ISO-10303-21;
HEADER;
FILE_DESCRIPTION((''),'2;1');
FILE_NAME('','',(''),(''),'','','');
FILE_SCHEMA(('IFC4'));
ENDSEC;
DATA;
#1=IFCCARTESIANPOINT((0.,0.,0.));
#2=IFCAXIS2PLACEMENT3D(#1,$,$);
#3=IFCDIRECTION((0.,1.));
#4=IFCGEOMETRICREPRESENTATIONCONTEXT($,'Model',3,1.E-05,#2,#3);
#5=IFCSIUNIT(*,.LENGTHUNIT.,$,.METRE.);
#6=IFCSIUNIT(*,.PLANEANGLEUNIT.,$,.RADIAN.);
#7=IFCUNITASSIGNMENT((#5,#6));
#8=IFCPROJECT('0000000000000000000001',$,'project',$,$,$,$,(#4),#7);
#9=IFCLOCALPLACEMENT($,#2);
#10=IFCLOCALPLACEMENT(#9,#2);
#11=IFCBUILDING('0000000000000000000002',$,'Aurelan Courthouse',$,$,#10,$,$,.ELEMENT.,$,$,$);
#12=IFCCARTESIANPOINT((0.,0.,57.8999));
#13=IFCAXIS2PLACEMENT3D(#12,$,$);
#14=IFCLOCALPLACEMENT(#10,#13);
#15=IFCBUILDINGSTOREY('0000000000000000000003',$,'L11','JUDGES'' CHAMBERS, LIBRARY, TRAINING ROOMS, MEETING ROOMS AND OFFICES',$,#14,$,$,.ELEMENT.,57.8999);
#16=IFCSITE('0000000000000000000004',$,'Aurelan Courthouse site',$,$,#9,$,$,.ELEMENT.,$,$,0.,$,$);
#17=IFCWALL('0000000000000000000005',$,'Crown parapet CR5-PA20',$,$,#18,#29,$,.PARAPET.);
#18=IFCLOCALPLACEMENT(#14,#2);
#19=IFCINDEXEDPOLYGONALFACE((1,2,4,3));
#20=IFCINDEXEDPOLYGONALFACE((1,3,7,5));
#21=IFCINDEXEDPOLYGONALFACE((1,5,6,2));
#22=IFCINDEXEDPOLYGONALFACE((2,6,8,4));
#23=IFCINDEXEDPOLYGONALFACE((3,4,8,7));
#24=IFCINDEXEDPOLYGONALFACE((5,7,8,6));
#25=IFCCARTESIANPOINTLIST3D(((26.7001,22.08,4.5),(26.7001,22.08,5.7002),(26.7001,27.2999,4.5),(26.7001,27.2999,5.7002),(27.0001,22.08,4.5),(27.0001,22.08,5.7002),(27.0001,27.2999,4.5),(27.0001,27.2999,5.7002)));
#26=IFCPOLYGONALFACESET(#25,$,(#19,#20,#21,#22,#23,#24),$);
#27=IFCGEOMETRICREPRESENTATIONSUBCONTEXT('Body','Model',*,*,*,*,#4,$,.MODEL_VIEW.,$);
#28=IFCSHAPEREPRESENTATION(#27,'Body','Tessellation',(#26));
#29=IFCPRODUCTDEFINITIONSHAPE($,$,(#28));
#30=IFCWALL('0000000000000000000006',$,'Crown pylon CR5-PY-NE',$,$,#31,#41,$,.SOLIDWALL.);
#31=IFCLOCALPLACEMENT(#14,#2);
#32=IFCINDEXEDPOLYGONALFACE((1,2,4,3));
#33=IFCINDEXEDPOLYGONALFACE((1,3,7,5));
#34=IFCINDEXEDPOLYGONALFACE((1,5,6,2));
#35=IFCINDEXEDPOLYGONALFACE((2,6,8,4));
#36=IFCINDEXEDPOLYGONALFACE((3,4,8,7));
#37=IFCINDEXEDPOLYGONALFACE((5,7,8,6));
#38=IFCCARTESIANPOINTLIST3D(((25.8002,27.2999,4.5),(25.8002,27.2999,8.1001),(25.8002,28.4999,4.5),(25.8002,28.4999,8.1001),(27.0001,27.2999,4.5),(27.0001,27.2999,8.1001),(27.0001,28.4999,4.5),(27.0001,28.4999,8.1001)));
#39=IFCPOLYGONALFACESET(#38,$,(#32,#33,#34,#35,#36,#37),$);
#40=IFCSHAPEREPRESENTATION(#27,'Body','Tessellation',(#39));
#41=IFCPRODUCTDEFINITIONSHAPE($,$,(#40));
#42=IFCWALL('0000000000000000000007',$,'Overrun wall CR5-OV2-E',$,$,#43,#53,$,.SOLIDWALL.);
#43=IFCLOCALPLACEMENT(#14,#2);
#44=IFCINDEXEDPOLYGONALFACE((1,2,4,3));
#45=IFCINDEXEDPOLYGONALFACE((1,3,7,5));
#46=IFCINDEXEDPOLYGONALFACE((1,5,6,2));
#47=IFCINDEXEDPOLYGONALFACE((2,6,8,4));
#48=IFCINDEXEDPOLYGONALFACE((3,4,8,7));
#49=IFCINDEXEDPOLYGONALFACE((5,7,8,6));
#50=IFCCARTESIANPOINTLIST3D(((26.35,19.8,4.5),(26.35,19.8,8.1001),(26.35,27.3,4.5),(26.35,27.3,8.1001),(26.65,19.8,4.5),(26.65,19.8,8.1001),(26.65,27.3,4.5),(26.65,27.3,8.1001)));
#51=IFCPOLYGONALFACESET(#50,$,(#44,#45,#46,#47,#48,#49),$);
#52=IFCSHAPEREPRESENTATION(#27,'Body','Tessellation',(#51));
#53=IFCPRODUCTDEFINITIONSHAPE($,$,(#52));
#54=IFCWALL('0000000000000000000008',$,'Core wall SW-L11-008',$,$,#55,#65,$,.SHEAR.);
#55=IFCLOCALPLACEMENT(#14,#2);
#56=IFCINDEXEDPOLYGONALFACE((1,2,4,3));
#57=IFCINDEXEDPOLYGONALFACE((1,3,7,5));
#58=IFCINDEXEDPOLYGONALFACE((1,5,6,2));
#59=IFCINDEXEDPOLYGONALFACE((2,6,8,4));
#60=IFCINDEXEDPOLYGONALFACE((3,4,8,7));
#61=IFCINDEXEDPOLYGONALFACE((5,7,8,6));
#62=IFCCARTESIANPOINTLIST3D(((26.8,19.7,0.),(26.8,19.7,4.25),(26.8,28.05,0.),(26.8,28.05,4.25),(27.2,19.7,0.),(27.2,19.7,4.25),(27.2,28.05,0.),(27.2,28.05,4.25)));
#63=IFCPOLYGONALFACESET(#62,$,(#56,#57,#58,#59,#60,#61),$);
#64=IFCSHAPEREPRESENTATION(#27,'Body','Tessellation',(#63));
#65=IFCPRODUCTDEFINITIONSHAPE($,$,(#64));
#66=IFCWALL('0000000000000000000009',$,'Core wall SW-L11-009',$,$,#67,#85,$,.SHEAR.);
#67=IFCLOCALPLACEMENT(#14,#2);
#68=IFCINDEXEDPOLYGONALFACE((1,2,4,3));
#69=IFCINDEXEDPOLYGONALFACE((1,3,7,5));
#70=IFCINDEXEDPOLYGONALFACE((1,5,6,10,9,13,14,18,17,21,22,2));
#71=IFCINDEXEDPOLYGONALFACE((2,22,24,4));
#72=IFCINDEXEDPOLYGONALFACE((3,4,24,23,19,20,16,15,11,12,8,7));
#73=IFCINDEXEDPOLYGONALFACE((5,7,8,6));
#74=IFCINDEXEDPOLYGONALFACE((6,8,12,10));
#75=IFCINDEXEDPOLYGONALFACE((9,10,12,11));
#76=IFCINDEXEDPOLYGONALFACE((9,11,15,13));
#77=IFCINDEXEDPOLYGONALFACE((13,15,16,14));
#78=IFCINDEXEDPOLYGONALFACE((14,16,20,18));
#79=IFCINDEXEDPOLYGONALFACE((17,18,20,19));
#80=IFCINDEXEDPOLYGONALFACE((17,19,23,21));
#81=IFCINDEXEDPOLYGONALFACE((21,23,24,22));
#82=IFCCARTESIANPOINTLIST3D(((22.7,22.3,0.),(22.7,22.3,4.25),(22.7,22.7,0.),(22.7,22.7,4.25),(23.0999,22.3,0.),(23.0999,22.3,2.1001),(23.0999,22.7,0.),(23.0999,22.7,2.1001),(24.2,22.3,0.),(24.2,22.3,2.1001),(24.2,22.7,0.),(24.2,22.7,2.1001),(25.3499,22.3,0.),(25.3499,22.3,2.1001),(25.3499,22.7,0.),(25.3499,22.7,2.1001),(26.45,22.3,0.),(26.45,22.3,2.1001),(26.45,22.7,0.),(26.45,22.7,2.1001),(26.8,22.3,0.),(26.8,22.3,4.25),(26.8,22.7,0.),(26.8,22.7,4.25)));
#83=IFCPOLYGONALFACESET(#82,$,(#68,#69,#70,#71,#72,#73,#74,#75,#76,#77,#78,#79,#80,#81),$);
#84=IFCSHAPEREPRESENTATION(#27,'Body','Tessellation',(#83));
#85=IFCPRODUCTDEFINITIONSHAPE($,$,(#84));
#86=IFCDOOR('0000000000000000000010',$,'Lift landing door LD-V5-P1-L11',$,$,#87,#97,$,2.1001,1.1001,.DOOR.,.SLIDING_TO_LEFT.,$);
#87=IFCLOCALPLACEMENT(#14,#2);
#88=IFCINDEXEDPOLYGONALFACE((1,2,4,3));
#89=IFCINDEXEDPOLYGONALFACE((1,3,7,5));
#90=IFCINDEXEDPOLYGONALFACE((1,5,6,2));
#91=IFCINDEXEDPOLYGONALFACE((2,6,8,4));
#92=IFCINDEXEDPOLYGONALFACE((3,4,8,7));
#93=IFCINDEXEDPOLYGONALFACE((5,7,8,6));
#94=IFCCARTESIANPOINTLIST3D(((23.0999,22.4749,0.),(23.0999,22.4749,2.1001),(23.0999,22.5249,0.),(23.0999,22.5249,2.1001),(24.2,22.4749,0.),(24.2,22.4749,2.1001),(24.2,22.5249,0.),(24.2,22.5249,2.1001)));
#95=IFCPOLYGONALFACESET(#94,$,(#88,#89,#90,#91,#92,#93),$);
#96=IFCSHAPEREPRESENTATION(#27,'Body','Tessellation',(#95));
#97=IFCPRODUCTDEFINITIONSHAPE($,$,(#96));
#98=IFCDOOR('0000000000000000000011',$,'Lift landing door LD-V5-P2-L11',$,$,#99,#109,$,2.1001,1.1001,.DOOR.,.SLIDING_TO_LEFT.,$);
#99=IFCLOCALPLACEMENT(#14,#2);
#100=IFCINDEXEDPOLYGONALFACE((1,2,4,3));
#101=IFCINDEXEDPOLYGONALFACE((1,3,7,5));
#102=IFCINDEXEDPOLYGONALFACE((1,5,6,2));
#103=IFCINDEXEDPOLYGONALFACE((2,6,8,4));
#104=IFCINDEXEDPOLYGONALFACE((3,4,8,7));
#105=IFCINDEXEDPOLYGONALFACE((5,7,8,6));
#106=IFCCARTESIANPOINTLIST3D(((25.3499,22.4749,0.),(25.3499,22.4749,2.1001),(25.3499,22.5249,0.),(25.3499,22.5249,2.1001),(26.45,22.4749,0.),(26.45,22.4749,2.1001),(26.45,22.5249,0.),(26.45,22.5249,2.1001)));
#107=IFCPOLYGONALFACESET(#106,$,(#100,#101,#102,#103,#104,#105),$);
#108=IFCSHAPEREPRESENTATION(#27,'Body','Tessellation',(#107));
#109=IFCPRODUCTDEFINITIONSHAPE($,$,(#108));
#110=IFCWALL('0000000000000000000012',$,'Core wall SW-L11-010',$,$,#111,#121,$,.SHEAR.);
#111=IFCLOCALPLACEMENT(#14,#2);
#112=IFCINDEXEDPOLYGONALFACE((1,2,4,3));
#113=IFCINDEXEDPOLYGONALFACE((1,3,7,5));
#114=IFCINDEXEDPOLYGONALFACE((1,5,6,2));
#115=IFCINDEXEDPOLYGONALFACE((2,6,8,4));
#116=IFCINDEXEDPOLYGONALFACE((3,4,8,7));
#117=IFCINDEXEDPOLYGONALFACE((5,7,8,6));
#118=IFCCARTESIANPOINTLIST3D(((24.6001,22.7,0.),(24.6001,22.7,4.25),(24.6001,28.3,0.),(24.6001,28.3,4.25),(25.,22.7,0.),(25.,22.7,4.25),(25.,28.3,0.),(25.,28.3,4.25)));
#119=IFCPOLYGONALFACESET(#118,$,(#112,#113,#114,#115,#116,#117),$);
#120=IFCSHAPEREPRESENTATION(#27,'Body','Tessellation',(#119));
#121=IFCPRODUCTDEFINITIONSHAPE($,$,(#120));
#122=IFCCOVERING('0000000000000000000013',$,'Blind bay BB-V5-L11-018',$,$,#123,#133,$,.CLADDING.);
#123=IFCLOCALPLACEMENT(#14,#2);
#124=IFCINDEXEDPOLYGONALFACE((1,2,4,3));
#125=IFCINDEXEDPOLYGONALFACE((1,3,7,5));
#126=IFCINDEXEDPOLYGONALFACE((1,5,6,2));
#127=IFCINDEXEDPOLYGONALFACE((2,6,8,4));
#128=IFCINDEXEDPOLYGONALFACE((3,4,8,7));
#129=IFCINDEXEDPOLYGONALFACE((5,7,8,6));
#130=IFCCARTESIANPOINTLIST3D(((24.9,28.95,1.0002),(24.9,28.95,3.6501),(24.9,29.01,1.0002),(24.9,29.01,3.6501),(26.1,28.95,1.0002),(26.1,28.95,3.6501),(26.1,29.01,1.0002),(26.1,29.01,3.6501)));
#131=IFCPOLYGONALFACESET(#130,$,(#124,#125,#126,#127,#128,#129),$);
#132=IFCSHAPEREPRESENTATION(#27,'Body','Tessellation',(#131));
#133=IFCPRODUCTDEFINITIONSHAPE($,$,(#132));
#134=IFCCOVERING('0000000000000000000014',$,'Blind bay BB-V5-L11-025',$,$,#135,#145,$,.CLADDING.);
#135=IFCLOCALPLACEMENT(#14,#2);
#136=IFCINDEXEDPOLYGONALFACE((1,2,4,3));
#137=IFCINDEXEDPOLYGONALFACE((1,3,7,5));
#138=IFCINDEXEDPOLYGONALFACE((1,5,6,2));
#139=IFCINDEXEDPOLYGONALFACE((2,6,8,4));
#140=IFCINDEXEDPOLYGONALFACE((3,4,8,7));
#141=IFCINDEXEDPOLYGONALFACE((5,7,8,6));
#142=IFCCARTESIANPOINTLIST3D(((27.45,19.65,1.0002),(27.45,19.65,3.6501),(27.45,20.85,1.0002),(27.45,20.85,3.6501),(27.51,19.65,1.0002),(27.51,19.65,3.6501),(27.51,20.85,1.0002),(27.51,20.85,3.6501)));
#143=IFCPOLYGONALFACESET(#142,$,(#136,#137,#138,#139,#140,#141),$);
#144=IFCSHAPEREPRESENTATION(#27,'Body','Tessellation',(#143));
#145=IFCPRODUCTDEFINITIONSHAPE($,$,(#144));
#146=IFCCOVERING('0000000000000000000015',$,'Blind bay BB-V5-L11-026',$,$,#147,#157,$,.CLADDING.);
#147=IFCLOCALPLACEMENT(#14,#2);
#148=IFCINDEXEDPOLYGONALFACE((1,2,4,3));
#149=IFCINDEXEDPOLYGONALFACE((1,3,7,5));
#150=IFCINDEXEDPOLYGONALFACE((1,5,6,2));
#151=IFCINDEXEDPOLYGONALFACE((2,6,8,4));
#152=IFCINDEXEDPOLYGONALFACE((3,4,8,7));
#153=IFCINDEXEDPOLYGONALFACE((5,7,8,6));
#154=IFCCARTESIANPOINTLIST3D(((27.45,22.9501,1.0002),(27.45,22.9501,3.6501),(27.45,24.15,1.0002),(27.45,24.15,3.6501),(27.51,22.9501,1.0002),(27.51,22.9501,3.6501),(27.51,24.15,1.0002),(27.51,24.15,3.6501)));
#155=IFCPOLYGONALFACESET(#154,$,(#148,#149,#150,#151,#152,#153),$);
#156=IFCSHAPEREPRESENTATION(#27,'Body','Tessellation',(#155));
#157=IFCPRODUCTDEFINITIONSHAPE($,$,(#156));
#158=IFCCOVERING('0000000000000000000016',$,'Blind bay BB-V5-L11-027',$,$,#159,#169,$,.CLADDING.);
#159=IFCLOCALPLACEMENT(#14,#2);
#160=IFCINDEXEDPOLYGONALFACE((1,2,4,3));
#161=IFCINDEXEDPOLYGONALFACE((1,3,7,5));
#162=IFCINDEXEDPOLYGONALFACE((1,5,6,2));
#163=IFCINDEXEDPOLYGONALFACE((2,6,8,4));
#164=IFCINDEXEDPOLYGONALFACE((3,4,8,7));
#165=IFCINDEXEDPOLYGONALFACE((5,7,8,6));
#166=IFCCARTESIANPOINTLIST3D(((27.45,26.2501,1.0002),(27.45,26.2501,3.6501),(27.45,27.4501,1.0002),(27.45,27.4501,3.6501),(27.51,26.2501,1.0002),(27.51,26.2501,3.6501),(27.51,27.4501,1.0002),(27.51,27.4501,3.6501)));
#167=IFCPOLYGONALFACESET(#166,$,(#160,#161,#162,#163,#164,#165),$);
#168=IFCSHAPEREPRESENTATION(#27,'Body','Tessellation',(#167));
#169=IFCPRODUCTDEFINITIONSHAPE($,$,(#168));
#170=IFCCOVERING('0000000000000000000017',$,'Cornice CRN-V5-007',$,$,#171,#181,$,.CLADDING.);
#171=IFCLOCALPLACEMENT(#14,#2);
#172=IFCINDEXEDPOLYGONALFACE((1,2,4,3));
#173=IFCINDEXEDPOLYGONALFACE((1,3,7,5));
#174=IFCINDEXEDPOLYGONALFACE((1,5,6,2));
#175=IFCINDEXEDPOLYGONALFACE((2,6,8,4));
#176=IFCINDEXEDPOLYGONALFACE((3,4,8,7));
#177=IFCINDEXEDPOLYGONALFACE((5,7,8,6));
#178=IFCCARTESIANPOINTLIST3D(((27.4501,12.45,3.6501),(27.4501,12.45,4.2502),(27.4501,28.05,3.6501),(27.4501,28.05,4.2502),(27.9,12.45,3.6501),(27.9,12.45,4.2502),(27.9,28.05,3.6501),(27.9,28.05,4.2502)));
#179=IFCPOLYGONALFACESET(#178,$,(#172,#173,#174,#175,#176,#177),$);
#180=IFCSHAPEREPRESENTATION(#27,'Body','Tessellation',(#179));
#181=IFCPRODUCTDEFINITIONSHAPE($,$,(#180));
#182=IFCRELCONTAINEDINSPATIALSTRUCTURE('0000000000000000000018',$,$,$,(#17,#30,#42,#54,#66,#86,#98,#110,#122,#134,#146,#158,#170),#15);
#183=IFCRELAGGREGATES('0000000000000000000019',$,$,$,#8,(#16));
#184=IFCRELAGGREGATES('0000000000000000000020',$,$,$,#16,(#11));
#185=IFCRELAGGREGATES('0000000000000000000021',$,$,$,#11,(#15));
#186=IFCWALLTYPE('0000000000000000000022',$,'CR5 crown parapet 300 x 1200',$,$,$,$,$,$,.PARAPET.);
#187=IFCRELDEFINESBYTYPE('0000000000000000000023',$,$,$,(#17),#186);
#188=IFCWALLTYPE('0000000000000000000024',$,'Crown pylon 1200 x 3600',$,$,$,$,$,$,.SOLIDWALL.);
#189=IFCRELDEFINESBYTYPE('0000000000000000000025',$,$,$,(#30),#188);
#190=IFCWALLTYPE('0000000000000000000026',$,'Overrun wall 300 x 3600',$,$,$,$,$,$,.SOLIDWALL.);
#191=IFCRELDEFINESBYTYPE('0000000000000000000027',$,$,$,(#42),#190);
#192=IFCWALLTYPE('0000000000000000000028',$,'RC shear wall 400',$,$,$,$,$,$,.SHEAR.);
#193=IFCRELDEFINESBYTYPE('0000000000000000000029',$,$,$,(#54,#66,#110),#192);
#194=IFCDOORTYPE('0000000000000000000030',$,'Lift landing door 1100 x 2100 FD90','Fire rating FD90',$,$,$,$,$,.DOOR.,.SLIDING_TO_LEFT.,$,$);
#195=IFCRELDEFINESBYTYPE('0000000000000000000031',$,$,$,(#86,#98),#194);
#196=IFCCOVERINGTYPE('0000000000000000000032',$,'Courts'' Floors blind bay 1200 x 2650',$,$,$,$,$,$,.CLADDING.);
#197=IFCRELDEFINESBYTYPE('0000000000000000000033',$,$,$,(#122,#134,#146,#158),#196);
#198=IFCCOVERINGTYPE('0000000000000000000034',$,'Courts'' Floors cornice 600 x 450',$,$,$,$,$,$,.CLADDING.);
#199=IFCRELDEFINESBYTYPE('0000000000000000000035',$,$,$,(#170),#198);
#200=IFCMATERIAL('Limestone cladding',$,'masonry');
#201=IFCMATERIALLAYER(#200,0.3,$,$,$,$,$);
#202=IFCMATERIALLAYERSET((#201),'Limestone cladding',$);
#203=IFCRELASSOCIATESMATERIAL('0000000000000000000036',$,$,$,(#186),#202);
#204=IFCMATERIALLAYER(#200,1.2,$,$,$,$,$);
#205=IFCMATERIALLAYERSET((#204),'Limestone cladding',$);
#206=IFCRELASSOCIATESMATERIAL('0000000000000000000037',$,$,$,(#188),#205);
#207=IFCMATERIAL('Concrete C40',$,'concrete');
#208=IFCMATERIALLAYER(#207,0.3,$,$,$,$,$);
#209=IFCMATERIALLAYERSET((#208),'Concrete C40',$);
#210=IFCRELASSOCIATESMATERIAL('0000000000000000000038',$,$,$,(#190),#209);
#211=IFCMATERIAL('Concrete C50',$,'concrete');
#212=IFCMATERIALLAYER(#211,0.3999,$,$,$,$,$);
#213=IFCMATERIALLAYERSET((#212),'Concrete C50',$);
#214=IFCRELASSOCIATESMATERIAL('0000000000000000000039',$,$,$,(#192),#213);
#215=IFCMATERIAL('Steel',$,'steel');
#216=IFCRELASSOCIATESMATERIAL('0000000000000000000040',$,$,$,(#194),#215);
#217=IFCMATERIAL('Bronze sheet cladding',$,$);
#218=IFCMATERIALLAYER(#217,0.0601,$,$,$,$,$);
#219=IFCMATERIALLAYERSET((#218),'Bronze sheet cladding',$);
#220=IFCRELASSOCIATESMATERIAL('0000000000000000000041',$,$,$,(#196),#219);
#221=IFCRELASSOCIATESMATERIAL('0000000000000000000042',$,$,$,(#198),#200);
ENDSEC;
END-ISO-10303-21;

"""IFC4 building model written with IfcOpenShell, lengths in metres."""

from ifc_helpers import new_model, si_unit, direction, frame, frame_2d, origin, origin_2d, place, context, subcontext, project, spatial, rectangle, extrude, material, layer, layer_set, type_object, element, fill, save


model = new_model("IFC4")

# Units and contexts
model_context = context("Model", 3, precision=1e-05, world=origin(), true_north=direction((0.0, 1.0)))
body_context = subcontext(model_context, "Body", "Model", "MODEL_VIEW")
ifc_project = project(units=[si_unit("LENGTHUNIT", "METRE"), si_unit("PLANEANGLEUNIT", "RADIAN")], contexts=[model_context])

# Site, building, storey
site_placement = place(None, origin())
site = spatial("IfcSite", under=ifc_project, at=site_placement, Name="Aurelan Courthouse site", CompositionType="ELEMENT", RefElevation=0.0)
building_placement = place(site_placement, origin())
building = spatial("IfcBuilding", under=site, at=building_placement, Name="Aurelan Courthouse", CompositionType="ELEMENT")
storey_placement = place(building_placement, frame((0.0, 0.0, 57.8999)))
storey = spatial("IfcBuildingStorey", under=building, at=storey_placement, Name="L11", Description="JUDGES' CHAMBERS, LIBRARY, TRAINING ROOMS, MEETING ROOMS AND OFFICES", CompositionType="ELEMENT", Elevation=57.8999)

# Shared definitions
ifc_material_1 = material(Name="Concrete C50", Category="concrete")

# Walls
ifc_material_2 = material(Name="Limestone cladding", Category="masonry")
ifc_layer_1 = layer(ifc_material_2, 0.3)
ifc_layer_set_1 = layer_set([ifc_layer_1], Name="Limestone cladding")
wall_type_1 = type_object("IfcWallType", Name="CR5 crown parapet 300 x 1200", PredefinedType="PARAPET", material=ifc_layer_set_1)
wall_1_placement = place(storey_placement, frame((26.8501, 22.0801, 4.5), z_axis=(0.0, 0.0, 1.0), x_axis=(0.0, 1.0, 0.0)))
element("IfcWall", 1, at=wall_1_placement, inside=storey, type_object=wall_type_1, Name="Crown parapet CR5-PA20", PredefinedType="PARAPET", context=body_context, shape_type="SweptSolid", body=[
    extrude(rectangle(XDim=5.22, YDim=0.3, at=frame_2d((2.6099, 0.0))), origin(), (0.0, 0.0, 1.0), 1.2002),
])
ifc_layer_2 = layer(ifc_material_2, 1.2)
ifc_layer_set_2 = layer_set([ifc_layer_2], Name="Limestone cladding")
wall_type_2 = type_object("IfcWallType", Name="Crown pylon 1200 x 3600", PredefinedType="SOLIDWALL", material=ifc_layer_set_2)
wall_2_placement = place(storey_placement, frame((25.8, 27.8999, 4.5), z_axis=(0.0, 0.0, 1.0), x_axis=(1.0, 0.0, 0.0)))
element("IfcWall", 2, at=wall_2_placement, inside=storey, type_object=wall_type_2, Name="Crown pylon CR5-PY-NE", PredefinedType="SOLIDWALL", context=body_context, shape_type="SweptSolid", body=[
    extrude(rectangle(XDim=1.2, YDim=1.2, at=frame_2d((0.6001, 0.0))), origin(), (0.0, 0.0, 1.0), 3.6001),
])
ifc_material_3 = material(Name="Concrete C40", Category="concrete")
ifc_layer_3 = layer(ifc_material_3, 0.3)
ifc_layer_set_3 = layer_set([ifc_layer_3], Name="Concrete C40")
wall_type_3 = type_object("IfcWallType", Name="Overrun wall 300 x 3600", PredefinedType="SOLIDWALL", material=ifc_layer_set_3)
wall_3_placement = place(storey_placement, frame((26.5, 19.8, 4.5), z_axis=(0.0, 0.0, 1.0), x_axis=(0.0, 1.0, 0.0)))
element("IfcWall", 3, at=wall_3_placement, inside=storey, type_object=wall_type_3, Name="Overrun wall CR5-OV2-E", PredefinedType="SOLIDWALL", context=body_context, shape_type="SweptSolid", body=[
    extrude(rectangle(XDim=7.5, YDim=0.3, at=frame_2d((3.75, 0.0))), origin(), (0.0, 0.0, 1.0), 3.6001),
])
ifc_layer_4 = layer(ifc_material_1, 0.3999)
ifc_layer_set_4 = layer_set([ifc_layer_4], Name="Concrete C50")
wall_type_4 = type_object("IfcWallType", Name="RC shear wall 400", PredefinedType="SHEAR", material=ifc_layer_set_4)
wall_4_placement = place(storey_placement, frame((27.0, 19.7, 0.0), z_axis=(0.0, 0.0, 1.0), x_axis=(0.0, 1.0, 0.0)))
element("IfcWall", 4, at=wall_4_placement, inside=storey, type_object=wall_type_4, Name="Core wall SW-L11-008", PredefinedType="SHEAR", context=body_context, shape_type="SweptSolid", body=[
    extrude(rectangle(XDim=8.3501, YDim=0.3999, at=frame_2d((4.175, 0.0))), origin(), (0.0, 0.0, 1.0), 4.25),
])

# Wall, openings, doors
wall_5_placement = place(storey_placement, frame((22.7, 22.5, 0.0), z_axis=(0.0, 0.0, 1.0), x_axis=(1.0, 0.0, 0.0)))
wall_5 = element("IfcWall", 5, at=wall_5_placement, inside=storey, type_object=wall_type_4, Name="Core wall SW-L11-009", PredefinedType="SHEAR", context=body_context, shape_type="SweptSolid", body=[
    extrude(rectangle(XDim=4.1001, YDim=0.3999, at=frame_2d((2.05, 0.0))), origin(), (0.0, 0.0, 1.0), 4.25),
])
opening_1_placement = place(wall_5_placement, frame((0.3999, 0.0, 0.0)))
opening_1 = element("IfcOpeningElement", 6, at=opening_1_placement, cuts=wall_5, PredefinedType="OPENING", context=body_context, shape_type="SweptSolid", body=[
    extrude(rectangle(XDim=1.1001, YDim=2.1001, at=frame_2d((0.55, 1.05))), frame((0.0, 0.21, 0.0), z_axis=(0.0, -1.0, 0.0), x_axis=(1.0, 0.0, 0.0)), (0.0, 0.0, 1.0), 0.4199),
])
opening_2_placement = place(wall_5_placement, frame((2.6499, 0.0, 0.0)))
opening_2 = element("IfcOpeningElement", 7, at=opening_2_placement, cuts=wall_5, PredefinedType="OPENING", context=body_context, shape_type="SweptSolid", body=[
    extrude(rectangle(XDim=1.1001, YDim=2.1001, at=frame_2d((0.55, 1.05))), frame((0.0, 0.21, 0.0), z_axis=(0.0, -1.0, 0.0), x_axis=(1.0, 0.0, 0.0)), (0.0, 0.0, 1.0), 0.4199),
])
ifc_material_4 = material(Name="Steel", Category="steel")
door_type = type_object("IfcDoorType", Name="Lift landing door 1100 x 2100 FD90", Description="Fire rating FD90", OperationType="SLIDING_TO_LEFT", PredefinedType="DOOR", material=ifc_material_4)
door_1_placement = place(opening_1_placement, origin())
door_1 = element("IfcDoor", 8, at=door_1_placement, inside=storey, type_object=door_type, Name="Lift landing door LD-V5-P1-L11", OperationType="SLIDING_TO_LEFT", OverallHeight=2.1001, OverallWidth=1.1001, PredefinedType="DOOR", context=body_context, shape_type="SweptSolid", body=[
    extrude(rectangle(XDim=1.1001, YDim=2.1001, at=frame_2d((0.55, 1.05))), frame((0.0, 0.0249, 0.0), z_axis=(0.0, -1.0, 0.0), x_axis=(1.0, 0.0, 0.0)), (0.0, 0.0, 1.0), 0.05),
])
fill(opening_1, door_1)
door_2_placement = place(opening_2_placement, origin())
door_2 = element("IfcDoor", 9, at=door_2_placement, inside=storey, type_object=door_type, Name="Lift landing door LD-V5-P2-L11", OperationType="SLIDING_TO_LEFT", OverallHeight=2.1001, OverallWidth=1.1001, PredefinedType="DOOR", context=body_context, shape_type="SweptSolid", body=[
    extrude(rectangle(XDim=1.1001, YDim=2.1001, at=frame_2d((0.55, 1.05))), frame((0.0, 0.0249, 0.0), z_axis=(0.0, -1.0, 0.0), x_axis=(1.0, 0.0, 0.0)), (0.0, 0.0, 1.0), 0.05),
])
fill(opening_2, door_2)

# Wall
wall_6_placement = place(storey_placement, frame((24.8, 22.7, 0.0), z_axis=(0.0, 0.0, 1.0), x_axis=(0.0, 1.0, 0.0)))
element("IfcWall", 10, at=wall_6_placement, inside=storey, type_object=wall_type_4, Name="Core wall SW-L11-010", PredefinedType="SHEAR", context=body_context, shape_type="SweptSolid", body=[
    extrude(rectangle(XDim=5.6001, YDim=0.3999, at=frame_2d((2.8, 0.0))), origin(), (0.0, 0.0, 1.0), 4.25),
])

# Coverings
ifc_material_5 = material(Name="Bronze sheet cladding")
ifc_layer_5 = layer(ifc_material_5, 0.0601)
ifc_layer_set_5 = layer_set([ifc_layer_5], Name="Bronze sheet cladding")
covering_type_1 = type_object("IfcCoveringType", Name="Courts' Floors blind bay 1200 x 2650", PredefinedType="CLADDING", material=ifc_layer_set_5)
covering_1_placement = place(storey_placement, frame((25.5, 28.98, 1.0002), z_axis=(0.0, 0.0, 1.0), x_axis=(1.0, 0.0, 0.0)))
element("IfcCovering", 11, at=covering_1_placement, inside=storey, type_object=covering_type_1, Name="Blind bay BB-V5-L11-018", PredefinedType="CLADDING", context=body_context, shape_type="SweptSolid", body=[
    extrude(rectangle(XDim=1.2, YDim=0.0601, at=origin_2d()), origin(), (0.0, 0.0, 1.0), 2.6499),
])
for number, where, z_axis, x_axis, name in (
    (12, (27.48, 20.25, 1.0002), (0.0, 0.0, 1.0), (1.0, 0.0, 0.0), "Blind bay BB-V5-L11-025"),
    (13, (27.48, 23.55, 1.0002), (0.0, 0.0, 1.0), (1.0, 0.0, 0.0), "Blind bay BB-V5-L11-026"),
    (14, (27.48, 26.8501, 1.0002), (0.0, 0.0, 1.0), (1.0, 0.0, 0.0), "Blind bay BB-V5-L11-027"),
):
    element("IfcCovering", number, at=place(storey_placement, frame(where, z_axis=z_axis, x_axis=x_axis)), inside=storey, type_object=covering_type_1, Name=name, PredefinedType="CLADDING", context=body_context, shape_type="SweptSolid", body=[
        extrude(rectangle(XDim=0.0601, YDim=1.2, at=origin_2d()), origin(), (0.0, 0.0, 1.0), 2.6499),
    ])
covering_type_2 = type_object("IfcCoveringType", Name="Courts' Floors cornice 600 x 450", PredefinedType="CLADDING", material=ifc_material_2)
covering_2_placement = place(storey_placement, frame((27.675, 20.25, 3.6501), z_axis=(0.0, 0.0, 1.0), x_axis=(1.0, 0.0, 0.0)))
element("IfcCovering", 15, at=covering_2_placement, inside=storey, type_object=covering_type_2, Name="Cornice CRN-V5-007", PredefinedType="CLADDING", context=body_context, shape_type="SweptSolid", body=[
    extrude(rectangle(XDim=0.45, YDim=15.6001, at=origin_2d()), origin(), (0.0, 0.0, 1.0), 0.6001),
])

save(model, "model.ifc")
